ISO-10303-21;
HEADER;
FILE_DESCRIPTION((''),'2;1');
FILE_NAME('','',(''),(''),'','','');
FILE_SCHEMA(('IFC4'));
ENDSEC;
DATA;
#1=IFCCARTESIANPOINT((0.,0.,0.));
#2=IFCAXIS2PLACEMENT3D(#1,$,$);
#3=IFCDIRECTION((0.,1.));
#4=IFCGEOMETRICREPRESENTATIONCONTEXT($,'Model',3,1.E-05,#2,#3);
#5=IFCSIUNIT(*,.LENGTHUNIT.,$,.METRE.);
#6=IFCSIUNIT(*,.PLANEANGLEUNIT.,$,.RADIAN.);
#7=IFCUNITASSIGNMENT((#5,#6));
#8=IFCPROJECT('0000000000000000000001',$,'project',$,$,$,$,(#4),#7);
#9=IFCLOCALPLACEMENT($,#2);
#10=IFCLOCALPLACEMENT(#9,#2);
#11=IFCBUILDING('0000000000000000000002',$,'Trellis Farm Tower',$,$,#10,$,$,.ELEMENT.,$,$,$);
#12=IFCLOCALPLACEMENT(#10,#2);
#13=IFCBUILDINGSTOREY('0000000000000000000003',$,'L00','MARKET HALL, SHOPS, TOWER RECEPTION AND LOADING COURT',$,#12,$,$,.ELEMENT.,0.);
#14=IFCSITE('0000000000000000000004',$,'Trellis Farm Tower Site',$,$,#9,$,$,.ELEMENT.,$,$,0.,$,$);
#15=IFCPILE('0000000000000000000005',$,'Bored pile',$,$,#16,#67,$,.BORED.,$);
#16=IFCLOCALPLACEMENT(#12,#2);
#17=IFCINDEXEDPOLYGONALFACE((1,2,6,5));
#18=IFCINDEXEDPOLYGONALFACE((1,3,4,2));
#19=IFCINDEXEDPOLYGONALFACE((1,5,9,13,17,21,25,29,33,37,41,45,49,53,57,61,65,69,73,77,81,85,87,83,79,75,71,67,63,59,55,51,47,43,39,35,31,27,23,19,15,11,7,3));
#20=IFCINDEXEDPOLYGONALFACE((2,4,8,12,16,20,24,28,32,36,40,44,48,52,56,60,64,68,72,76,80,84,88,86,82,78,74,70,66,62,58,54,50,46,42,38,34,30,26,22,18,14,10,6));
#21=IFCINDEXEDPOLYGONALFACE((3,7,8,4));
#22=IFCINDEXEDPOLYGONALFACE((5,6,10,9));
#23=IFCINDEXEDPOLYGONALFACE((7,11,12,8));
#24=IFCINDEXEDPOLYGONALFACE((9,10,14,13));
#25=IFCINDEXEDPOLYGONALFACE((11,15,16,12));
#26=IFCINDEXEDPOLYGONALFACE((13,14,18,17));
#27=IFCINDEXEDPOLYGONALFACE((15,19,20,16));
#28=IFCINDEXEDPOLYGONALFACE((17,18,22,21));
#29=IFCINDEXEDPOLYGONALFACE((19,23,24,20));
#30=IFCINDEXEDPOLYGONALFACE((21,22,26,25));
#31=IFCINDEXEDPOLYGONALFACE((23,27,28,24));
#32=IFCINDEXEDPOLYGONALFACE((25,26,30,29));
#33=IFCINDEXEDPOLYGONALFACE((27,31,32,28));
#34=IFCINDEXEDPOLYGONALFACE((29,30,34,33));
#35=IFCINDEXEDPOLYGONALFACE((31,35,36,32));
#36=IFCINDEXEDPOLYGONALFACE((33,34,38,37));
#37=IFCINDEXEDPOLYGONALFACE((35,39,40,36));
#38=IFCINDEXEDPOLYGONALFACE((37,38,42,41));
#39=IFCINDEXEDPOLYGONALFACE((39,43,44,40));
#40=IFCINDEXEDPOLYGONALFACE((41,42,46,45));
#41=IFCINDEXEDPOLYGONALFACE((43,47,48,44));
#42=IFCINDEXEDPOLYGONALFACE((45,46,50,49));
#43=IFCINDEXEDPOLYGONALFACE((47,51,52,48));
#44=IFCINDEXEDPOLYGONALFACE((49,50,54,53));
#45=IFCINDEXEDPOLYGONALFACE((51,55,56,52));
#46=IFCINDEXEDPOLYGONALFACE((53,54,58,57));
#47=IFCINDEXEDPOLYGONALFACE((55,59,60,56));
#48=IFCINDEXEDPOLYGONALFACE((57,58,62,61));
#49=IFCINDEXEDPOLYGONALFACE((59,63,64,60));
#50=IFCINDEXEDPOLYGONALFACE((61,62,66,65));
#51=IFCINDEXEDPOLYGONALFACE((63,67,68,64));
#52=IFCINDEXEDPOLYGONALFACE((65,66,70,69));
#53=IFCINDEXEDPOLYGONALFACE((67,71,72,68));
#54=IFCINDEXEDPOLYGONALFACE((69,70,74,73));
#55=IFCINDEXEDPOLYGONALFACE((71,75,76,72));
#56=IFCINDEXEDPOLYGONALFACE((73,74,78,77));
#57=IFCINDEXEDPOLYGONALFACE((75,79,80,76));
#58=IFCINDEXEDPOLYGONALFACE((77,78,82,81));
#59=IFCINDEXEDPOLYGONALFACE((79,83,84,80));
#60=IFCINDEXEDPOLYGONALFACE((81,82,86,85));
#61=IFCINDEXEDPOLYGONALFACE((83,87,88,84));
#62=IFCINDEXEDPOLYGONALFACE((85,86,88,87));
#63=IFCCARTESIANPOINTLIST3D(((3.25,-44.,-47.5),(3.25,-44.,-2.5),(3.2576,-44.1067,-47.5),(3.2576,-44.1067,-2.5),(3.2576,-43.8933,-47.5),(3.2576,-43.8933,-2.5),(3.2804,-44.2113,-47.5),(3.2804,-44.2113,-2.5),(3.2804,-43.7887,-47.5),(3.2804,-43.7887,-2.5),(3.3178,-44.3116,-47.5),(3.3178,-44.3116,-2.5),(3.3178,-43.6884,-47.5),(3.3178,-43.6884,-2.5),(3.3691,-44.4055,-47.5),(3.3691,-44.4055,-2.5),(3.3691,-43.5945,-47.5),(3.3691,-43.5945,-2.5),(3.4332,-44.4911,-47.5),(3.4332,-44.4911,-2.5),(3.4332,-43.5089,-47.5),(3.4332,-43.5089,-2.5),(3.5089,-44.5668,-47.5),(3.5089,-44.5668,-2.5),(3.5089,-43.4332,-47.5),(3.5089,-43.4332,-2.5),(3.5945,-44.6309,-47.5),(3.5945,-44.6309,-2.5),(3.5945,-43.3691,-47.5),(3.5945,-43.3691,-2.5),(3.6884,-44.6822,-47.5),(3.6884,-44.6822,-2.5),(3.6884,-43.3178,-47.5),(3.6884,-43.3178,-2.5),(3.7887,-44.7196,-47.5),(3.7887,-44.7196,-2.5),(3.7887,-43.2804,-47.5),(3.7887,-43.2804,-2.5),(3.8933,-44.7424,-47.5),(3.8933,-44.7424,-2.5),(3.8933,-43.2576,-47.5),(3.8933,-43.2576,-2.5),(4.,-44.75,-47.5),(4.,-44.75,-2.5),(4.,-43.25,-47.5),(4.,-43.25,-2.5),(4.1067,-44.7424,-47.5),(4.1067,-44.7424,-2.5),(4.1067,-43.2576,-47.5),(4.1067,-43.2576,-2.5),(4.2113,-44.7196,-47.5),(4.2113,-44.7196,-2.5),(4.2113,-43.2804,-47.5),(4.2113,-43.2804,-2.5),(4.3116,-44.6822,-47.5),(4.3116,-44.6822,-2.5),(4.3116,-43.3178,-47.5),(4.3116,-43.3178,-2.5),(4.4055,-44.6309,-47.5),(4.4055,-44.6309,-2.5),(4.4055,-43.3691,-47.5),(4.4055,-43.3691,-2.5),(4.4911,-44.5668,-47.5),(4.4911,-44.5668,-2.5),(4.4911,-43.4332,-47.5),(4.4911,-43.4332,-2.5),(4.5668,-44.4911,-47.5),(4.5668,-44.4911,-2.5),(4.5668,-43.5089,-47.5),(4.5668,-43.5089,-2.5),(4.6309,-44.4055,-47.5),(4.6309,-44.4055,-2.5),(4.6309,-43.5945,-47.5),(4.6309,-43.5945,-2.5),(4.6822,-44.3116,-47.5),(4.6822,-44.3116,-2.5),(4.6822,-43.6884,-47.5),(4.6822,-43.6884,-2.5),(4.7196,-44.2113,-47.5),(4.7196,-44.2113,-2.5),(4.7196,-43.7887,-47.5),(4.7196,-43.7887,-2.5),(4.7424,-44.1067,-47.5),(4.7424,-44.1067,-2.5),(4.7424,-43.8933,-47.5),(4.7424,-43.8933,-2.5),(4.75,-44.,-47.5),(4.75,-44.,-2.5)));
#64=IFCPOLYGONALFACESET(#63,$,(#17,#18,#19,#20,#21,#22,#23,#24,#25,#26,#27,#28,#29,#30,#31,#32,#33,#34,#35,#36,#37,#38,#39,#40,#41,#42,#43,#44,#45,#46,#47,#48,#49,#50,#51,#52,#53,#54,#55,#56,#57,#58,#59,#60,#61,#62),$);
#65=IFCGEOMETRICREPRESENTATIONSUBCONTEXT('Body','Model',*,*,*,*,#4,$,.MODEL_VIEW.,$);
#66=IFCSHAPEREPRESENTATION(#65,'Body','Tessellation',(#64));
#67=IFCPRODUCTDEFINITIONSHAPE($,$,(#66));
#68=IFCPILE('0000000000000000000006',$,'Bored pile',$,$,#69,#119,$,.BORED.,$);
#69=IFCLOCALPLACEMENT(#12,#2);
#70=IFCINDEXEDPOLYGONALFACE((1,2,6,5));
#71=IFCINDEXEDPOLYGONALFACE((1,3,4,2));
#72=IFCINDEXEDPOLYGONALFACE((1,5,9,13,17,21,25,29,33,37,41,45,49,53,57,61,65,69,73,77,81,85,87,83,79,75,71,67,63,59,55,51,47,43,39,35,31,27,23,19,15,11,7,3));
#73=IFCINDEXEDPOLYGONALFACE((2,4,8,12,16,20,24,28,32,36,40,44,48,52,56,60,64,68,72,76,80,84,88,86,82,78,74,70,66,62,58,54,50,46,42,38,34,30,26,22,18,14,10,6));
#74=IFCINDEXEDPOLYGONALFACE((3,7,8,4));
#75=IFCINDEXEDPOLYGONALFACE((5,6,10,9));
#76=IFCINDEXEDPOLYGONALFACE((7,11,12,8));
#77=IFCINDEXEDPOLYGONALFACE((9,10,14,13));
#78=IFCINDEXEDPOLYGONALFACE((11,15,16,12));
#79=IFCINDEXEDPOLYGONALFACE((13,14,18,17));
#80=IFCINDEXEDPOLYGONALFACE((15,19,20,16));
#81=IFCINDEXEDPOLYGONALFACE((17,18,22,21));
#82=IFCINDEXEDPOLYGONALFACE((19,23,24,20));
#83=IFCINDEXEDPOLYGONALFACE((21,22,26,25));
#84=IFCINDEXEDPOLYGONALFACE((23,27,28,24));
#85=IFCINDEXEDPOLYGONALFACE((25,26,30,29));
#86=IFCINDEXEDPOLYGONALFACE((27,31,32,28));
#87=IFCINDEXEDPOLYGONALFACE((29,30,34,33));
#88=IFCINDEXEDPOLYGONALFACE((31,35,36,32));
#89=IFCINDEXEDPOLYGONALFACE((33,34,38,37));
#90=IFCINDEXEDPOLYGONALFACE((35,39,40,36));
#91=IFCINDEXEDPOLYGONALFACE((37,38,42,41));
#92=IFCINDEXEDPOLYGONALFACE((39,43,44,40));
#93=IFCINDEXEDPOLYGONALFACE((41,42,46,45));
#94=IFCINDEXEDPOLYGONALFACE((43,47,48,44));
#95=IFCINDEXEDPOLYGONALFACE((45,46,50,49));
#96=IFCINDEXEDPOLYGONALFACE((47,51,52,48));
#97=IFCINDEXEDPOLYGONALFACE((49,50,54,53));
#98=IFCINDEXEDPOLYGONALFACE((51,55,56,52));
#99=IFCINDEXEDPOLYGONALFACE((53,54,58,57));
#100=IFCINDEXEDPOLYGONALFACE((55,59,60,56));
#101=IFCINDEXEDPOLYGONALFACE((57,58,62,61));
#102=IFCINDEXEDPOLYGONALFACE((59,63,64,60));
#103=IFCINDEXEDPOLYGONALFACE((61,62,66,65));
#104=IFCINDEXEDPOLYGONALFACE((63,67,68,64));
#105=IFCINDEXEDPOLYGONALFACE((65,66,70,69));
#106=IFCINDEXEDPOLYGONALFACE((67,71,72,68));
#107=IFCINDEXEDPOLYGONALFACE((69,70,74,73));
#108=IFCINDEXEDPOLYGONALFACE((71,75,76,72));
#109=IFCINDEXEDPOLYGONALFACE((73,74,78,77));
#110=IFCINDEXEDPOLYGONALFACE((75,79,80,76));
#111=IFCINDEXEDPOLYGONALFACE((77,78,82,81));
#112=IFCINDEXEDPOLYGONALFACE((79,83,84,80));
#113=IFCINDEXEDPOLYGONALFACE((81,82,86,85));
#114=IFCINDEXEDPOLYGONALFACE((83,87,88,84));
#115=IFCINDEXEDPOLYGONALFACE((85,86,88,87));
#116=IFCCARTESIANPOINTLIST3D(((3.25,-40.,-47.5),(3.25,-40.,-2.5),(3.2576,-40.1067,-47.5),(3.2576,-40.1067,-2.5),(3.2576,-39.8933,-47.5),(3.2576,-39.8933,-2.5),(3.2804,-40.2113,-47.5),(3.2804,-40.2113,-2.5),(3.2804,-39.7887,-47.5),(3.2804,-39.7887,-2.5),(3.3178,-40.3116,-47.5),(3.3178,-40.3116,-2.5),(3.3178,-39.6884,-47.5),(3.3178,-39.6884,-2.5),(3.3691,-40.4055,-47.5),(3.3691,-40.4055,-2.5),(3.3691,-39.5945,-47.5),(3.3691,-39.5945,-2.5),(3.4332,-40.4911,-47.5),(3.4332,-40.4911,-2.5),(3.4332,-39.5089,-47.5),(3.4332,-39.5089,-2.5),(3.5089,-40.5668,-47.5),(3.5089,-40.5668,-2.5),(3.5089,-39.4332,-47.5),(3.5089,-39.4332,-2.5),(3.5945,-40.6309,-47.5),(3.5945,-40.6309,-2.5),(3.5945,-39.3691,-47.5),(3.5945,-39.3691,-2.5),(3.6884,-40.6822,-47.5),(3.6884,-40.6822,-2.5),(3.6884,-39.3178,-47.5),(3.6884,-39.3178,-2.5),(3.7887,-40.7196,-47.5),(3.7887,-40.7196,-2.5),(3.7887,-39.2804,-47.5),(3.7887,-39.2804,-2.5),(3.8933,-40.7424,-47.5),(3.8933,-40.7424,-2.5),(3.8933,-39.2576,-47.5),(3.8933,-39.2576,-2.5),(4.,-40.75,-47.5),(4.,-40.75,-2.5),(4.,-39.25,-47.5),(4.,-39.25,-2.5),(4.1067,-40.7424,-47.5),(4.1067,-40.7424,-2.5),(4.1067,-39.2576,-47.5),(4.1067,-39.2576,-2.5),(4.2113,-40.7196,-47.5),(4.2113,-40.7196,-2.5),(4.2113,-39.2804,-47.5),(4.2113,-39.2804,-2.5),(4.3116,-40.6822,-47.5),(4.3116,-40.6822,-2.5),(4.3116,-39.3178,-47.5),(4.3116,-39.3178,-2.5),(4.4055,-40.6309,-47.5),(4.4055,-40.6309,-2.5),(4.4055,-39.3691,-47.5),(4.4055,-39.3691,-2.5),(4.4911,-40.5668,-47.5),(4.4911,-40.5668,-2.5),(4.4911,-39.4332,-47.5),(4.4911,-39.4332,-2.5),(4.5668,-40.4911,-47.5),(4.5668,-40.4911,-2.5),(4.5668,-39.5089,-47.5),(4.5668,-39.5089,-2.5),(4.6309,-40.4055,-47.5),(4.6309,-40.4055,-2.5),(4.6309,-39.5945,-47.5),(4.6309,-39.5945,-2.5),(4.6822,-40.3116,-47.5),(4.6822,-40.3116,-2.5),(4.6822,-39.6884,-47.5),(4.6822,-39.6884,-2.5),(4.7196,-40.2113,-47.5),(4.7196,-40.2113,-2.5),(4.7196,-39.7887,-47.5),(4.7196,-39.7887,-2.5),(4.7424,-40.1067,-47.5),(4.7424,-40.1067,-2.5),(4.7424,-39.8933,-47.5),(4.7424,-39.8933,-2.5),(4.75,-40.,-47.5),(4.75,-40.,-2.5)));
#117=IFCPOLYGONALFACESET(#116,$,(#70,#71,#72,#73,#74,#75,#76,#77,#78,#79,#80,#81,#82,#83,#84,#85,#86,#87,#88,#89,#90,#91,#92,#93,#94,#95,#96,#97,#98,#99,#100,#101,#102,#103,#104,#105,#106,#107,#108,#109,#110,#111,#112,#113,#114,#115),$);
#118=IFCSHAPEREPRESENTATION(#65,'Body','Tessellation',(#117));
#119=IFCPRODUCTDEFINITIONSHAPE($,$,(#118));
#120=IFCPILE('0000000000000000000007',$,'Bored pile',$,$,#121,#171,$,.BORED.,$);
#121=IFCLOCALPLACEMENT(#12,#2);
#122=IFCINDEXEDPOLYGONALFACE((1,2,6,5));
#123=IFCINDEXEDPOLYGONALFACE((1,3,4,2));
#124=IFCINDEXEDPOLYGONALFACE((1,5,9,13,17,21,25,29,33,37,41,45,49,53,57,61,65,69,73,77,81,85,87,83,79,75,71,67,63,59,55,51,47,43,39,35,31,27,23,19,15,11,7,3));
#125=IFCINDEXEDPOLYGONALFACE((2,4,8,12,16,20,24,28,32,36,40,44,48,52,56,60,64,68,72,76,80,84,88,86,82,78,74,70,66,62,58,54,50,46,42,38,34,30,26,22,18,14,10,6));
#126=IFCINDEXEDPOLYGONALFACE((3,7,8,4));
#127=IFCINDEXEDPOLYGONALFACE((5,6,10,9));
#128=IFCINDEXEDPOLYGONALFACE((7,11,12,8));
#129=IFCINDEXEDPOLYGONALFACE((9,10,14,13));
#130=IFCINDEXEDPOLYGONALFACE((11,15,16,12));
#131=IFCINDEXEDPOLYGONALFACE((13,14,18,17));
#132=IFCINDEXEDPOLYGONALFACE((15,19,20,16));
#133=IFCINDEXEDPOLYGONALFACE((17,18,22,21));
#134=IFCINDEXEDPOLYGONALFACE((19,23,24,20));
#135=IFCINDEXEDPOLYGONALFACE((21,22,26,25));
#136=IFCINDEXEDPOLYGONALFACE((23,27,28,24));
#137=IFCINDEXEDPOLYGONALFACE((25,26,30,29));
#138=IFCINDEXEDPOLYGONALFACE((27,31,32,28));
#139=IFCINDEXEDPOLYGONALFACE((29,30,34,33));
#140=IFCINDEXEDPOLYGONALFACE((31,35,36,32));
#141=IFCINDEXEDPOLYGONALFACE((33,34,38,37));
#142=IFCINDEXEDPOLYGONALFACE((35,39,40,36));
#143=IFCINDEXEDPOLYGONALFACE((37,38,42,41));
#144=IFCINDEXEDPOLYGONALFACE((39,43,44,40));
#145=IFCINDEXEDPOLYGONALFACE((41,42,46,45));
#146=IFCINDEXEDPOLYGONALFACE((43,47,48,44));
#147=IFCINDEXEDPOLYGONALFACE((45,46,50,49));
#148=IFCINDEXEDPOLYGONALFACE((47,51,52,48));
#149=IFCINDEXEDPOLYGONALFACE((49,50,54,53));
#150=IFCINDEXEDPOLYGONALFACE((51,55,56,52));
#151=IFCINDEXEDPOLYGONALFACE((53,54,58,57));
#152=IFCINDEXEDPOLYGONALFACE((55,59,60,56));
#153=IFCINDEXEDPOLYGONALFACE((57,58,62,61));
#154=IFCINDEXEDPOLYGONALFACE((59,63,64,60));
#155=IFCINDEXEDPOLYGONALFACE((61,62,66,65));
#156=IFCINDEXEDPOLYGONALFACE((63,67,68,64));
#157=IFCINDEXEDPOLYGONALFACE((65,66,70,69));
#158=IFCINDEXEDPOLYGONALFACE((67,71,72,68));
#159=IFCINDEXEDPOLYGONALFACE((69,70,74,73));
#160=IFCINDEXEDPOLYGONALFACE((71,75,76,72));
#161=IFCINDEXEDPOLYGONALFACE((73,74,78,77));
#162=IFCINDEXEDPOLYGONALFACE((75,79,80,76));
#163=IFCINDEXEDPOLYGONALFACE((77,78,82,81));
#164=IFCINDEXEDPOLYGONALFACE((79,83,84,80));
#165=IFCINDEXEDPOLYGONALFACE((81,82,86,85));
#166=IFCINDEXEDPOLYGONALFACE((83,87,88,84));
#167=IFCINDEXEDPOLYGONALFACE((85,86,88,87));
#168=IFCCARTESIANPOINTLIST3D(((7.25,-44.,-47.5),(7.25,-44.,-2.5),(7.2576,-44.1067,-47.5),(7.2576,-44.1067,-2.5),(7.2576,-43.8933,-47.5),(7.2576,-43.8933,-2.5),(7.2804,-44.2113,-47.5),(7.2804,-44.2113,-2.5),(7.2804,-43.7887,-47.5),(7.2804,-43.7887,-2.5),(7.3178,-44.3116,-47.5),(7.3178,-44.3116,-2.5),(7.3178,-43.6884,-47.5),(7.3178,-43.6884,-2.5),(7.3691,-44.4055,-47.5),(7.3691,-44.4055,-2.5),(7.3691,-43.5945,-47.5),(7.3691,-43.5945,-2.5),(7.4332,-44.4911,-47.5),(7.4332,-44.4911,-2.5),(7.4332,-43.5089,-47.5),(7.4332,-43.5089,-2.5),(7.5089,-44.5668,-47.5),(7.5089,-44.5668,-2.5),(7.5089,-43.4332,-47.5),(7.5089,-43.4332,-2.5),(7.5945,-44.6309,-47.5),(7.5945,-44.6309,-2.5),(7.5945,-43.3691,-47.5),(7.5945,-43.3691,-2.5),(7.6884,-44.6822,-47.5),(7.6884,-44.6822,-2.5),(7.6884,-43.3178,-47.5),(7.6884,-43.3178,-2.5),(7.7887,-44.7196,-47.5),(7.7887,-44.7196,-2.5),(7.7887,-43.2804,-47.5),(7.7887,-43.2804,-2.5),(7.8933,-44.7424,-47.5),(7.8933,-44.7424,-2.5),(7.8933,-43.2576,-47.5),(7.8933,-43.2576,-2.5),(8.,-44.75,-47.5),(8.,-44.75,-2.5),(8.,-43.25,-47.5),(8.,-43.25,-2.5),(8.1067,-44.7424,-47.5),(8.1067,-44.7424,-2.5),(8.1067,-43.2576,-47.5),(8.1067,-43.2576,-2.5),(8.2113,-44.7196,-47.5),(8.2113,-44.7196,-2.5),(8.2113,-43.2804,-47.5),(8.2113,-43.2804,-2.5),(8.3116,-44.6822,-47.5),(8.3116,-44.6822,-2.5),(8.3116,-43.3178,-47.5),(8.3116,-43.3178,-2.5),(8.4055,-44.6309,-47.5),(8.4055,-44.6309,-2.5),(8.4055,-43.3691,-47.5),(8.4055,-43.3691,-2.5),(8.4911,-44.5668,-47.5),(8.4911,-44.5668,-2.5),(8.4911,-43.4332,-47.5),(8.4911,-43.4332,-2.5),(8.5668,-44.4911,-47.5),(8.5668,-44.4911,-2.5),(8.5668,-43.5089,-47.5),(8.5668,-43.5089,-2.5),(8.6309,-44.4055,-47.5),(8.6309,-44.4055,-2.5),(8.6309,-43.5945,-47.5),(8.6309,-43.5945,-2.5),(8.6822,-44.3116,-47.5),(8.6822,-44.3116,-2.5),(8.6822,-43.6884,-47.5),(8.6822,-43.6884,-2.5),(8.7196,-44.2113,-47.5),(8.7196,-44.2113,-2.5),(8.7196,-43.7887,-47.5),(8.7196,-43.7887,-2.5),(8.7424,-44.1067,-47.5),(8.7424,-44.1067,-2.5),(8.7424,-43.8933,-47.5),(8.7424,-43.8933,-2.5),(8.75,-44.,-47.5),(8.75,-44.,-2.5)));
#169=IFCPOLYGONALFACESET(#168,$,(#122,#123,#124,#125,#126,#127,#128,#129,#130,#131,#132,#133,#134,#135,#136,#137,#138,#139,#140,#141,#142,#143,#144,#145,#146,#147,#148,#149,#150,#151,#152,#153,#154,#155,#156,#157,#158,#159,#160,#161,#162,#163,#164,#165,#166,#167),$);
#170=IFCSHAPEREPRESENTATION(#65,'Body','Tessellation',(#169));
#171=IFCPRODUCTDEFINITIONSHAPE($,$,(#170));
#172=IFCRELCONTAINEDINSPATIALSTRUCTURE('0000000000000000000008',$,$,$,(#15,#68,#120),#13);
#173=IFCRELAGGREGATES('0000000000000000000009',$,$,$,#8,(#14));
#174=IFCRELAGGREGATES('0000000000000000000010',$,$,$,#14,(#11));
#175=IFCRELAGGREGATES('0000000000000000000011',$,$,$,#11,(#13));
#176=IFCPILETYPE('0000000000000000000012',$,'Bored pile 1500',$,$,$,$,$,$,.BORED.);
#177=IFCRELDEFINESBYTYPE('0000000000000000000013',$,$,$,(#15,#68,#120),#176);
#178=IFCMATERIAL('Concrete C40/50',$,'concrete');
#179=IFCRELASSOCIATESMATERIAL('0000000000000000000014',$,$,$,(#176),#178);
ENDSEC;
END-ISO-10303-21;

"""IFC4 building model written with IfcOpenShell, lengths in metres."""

from ifc_helpers import new_model, si_unit, direction, frame, origin, origin_2d, place, context, subcontext, project, spatial, circle, extrude, source, transform, mapped, material, material_profile, profile_set, type_object, element, save


model = new_model("IFC4")

# Units and contexts
model_context = context("Model", 3, precision=1e-05, world=origin(), true_north=direction((0.0, 1.0)))
body_context = subcontext(model_context, "Body", "Model", "MODEL_VIEW")
ifc_project = project(units=[si_unit("LENGTHUNIT", "METRE"), si_unit("PLANEANGLEUNIT", "RADIAN")], contexts=[model_context])

# Site, building, storey
site_placement = place(None, origin())
site = spatial("IfcSite", under=ifc_project, at=site_placement, Name="Trellis Farm Tower Site", CompositionType="ELEMENT", RefElevation=0.0)
building_placement = place(site_placement, origin())
building = spatial("IfcBuilding", under=site, at=building_placement, Name="Trellis Farm Tower", CompositionType="ELEMENT")
storey_placement = place(building_placement, origin())
storey = spatial("IfcBuildingStorey", under=building, at=storey_placement, Name="L00", Description="MARKET HALL, SHOPS, TOWER RECEPTION AND LOADING COURT", CompositionType="ELEMENT", Elevation=0.0)

# Piles
ifc_material_1 = material(Name="Concrete C40/50", Category="concrete")
ifc_material_profile_1 = material_profile(ifc_material_1, circle(Radius=0.75, at=origin_2d()), Name="Bored pile 1500")
ifc_profile_set_1 = profile_set([ifc_material_profile_1], Name="Concrete C40/50")
pile_type = type_object("IfcPileType", Name="Bored pile 1500", PredefinedType="BORED", material=ifc_profile_set_1)
shared_shape_1 = source(origin(), body_context, "Body", "SweptSolid", [
    extrude(circle(Radius=0.75, at=origin_2d()), origin(), (0.0, 0.0, 1.0), 45.0),
])
for number, where, z_axis, x_axis, name in (
    (1, (4.0, -44.0, -2.5), (0.0, 0.0, -1.0), (1.0, 0.0, 0.0), "Bored pile"),
    (2, (4.0, -40.0, -2.5), (0.0, 0.0, -1.0), (1.0, 0.0, 0.0), "Bored pile"),
    (3, (8.0, -44.0, -2.5), (0.0, 0.0, -1.0), (1.0, 0.0, 0.0), "Bored pile"),
):
    element("IfcPile", number, at=place(storey_placement, frame(where, z_axis=z_axis, x_axis=x_axis)), inside=storey, type_object=pile_type, Name=name, PredefinedType="BORED", context=body_context, shape_type="MappedRepresentation", body=[
        mapped(shared_shape_1, transform((0.0, 0.0, 0.0))),
    ])

save(model, "model.ifc")
